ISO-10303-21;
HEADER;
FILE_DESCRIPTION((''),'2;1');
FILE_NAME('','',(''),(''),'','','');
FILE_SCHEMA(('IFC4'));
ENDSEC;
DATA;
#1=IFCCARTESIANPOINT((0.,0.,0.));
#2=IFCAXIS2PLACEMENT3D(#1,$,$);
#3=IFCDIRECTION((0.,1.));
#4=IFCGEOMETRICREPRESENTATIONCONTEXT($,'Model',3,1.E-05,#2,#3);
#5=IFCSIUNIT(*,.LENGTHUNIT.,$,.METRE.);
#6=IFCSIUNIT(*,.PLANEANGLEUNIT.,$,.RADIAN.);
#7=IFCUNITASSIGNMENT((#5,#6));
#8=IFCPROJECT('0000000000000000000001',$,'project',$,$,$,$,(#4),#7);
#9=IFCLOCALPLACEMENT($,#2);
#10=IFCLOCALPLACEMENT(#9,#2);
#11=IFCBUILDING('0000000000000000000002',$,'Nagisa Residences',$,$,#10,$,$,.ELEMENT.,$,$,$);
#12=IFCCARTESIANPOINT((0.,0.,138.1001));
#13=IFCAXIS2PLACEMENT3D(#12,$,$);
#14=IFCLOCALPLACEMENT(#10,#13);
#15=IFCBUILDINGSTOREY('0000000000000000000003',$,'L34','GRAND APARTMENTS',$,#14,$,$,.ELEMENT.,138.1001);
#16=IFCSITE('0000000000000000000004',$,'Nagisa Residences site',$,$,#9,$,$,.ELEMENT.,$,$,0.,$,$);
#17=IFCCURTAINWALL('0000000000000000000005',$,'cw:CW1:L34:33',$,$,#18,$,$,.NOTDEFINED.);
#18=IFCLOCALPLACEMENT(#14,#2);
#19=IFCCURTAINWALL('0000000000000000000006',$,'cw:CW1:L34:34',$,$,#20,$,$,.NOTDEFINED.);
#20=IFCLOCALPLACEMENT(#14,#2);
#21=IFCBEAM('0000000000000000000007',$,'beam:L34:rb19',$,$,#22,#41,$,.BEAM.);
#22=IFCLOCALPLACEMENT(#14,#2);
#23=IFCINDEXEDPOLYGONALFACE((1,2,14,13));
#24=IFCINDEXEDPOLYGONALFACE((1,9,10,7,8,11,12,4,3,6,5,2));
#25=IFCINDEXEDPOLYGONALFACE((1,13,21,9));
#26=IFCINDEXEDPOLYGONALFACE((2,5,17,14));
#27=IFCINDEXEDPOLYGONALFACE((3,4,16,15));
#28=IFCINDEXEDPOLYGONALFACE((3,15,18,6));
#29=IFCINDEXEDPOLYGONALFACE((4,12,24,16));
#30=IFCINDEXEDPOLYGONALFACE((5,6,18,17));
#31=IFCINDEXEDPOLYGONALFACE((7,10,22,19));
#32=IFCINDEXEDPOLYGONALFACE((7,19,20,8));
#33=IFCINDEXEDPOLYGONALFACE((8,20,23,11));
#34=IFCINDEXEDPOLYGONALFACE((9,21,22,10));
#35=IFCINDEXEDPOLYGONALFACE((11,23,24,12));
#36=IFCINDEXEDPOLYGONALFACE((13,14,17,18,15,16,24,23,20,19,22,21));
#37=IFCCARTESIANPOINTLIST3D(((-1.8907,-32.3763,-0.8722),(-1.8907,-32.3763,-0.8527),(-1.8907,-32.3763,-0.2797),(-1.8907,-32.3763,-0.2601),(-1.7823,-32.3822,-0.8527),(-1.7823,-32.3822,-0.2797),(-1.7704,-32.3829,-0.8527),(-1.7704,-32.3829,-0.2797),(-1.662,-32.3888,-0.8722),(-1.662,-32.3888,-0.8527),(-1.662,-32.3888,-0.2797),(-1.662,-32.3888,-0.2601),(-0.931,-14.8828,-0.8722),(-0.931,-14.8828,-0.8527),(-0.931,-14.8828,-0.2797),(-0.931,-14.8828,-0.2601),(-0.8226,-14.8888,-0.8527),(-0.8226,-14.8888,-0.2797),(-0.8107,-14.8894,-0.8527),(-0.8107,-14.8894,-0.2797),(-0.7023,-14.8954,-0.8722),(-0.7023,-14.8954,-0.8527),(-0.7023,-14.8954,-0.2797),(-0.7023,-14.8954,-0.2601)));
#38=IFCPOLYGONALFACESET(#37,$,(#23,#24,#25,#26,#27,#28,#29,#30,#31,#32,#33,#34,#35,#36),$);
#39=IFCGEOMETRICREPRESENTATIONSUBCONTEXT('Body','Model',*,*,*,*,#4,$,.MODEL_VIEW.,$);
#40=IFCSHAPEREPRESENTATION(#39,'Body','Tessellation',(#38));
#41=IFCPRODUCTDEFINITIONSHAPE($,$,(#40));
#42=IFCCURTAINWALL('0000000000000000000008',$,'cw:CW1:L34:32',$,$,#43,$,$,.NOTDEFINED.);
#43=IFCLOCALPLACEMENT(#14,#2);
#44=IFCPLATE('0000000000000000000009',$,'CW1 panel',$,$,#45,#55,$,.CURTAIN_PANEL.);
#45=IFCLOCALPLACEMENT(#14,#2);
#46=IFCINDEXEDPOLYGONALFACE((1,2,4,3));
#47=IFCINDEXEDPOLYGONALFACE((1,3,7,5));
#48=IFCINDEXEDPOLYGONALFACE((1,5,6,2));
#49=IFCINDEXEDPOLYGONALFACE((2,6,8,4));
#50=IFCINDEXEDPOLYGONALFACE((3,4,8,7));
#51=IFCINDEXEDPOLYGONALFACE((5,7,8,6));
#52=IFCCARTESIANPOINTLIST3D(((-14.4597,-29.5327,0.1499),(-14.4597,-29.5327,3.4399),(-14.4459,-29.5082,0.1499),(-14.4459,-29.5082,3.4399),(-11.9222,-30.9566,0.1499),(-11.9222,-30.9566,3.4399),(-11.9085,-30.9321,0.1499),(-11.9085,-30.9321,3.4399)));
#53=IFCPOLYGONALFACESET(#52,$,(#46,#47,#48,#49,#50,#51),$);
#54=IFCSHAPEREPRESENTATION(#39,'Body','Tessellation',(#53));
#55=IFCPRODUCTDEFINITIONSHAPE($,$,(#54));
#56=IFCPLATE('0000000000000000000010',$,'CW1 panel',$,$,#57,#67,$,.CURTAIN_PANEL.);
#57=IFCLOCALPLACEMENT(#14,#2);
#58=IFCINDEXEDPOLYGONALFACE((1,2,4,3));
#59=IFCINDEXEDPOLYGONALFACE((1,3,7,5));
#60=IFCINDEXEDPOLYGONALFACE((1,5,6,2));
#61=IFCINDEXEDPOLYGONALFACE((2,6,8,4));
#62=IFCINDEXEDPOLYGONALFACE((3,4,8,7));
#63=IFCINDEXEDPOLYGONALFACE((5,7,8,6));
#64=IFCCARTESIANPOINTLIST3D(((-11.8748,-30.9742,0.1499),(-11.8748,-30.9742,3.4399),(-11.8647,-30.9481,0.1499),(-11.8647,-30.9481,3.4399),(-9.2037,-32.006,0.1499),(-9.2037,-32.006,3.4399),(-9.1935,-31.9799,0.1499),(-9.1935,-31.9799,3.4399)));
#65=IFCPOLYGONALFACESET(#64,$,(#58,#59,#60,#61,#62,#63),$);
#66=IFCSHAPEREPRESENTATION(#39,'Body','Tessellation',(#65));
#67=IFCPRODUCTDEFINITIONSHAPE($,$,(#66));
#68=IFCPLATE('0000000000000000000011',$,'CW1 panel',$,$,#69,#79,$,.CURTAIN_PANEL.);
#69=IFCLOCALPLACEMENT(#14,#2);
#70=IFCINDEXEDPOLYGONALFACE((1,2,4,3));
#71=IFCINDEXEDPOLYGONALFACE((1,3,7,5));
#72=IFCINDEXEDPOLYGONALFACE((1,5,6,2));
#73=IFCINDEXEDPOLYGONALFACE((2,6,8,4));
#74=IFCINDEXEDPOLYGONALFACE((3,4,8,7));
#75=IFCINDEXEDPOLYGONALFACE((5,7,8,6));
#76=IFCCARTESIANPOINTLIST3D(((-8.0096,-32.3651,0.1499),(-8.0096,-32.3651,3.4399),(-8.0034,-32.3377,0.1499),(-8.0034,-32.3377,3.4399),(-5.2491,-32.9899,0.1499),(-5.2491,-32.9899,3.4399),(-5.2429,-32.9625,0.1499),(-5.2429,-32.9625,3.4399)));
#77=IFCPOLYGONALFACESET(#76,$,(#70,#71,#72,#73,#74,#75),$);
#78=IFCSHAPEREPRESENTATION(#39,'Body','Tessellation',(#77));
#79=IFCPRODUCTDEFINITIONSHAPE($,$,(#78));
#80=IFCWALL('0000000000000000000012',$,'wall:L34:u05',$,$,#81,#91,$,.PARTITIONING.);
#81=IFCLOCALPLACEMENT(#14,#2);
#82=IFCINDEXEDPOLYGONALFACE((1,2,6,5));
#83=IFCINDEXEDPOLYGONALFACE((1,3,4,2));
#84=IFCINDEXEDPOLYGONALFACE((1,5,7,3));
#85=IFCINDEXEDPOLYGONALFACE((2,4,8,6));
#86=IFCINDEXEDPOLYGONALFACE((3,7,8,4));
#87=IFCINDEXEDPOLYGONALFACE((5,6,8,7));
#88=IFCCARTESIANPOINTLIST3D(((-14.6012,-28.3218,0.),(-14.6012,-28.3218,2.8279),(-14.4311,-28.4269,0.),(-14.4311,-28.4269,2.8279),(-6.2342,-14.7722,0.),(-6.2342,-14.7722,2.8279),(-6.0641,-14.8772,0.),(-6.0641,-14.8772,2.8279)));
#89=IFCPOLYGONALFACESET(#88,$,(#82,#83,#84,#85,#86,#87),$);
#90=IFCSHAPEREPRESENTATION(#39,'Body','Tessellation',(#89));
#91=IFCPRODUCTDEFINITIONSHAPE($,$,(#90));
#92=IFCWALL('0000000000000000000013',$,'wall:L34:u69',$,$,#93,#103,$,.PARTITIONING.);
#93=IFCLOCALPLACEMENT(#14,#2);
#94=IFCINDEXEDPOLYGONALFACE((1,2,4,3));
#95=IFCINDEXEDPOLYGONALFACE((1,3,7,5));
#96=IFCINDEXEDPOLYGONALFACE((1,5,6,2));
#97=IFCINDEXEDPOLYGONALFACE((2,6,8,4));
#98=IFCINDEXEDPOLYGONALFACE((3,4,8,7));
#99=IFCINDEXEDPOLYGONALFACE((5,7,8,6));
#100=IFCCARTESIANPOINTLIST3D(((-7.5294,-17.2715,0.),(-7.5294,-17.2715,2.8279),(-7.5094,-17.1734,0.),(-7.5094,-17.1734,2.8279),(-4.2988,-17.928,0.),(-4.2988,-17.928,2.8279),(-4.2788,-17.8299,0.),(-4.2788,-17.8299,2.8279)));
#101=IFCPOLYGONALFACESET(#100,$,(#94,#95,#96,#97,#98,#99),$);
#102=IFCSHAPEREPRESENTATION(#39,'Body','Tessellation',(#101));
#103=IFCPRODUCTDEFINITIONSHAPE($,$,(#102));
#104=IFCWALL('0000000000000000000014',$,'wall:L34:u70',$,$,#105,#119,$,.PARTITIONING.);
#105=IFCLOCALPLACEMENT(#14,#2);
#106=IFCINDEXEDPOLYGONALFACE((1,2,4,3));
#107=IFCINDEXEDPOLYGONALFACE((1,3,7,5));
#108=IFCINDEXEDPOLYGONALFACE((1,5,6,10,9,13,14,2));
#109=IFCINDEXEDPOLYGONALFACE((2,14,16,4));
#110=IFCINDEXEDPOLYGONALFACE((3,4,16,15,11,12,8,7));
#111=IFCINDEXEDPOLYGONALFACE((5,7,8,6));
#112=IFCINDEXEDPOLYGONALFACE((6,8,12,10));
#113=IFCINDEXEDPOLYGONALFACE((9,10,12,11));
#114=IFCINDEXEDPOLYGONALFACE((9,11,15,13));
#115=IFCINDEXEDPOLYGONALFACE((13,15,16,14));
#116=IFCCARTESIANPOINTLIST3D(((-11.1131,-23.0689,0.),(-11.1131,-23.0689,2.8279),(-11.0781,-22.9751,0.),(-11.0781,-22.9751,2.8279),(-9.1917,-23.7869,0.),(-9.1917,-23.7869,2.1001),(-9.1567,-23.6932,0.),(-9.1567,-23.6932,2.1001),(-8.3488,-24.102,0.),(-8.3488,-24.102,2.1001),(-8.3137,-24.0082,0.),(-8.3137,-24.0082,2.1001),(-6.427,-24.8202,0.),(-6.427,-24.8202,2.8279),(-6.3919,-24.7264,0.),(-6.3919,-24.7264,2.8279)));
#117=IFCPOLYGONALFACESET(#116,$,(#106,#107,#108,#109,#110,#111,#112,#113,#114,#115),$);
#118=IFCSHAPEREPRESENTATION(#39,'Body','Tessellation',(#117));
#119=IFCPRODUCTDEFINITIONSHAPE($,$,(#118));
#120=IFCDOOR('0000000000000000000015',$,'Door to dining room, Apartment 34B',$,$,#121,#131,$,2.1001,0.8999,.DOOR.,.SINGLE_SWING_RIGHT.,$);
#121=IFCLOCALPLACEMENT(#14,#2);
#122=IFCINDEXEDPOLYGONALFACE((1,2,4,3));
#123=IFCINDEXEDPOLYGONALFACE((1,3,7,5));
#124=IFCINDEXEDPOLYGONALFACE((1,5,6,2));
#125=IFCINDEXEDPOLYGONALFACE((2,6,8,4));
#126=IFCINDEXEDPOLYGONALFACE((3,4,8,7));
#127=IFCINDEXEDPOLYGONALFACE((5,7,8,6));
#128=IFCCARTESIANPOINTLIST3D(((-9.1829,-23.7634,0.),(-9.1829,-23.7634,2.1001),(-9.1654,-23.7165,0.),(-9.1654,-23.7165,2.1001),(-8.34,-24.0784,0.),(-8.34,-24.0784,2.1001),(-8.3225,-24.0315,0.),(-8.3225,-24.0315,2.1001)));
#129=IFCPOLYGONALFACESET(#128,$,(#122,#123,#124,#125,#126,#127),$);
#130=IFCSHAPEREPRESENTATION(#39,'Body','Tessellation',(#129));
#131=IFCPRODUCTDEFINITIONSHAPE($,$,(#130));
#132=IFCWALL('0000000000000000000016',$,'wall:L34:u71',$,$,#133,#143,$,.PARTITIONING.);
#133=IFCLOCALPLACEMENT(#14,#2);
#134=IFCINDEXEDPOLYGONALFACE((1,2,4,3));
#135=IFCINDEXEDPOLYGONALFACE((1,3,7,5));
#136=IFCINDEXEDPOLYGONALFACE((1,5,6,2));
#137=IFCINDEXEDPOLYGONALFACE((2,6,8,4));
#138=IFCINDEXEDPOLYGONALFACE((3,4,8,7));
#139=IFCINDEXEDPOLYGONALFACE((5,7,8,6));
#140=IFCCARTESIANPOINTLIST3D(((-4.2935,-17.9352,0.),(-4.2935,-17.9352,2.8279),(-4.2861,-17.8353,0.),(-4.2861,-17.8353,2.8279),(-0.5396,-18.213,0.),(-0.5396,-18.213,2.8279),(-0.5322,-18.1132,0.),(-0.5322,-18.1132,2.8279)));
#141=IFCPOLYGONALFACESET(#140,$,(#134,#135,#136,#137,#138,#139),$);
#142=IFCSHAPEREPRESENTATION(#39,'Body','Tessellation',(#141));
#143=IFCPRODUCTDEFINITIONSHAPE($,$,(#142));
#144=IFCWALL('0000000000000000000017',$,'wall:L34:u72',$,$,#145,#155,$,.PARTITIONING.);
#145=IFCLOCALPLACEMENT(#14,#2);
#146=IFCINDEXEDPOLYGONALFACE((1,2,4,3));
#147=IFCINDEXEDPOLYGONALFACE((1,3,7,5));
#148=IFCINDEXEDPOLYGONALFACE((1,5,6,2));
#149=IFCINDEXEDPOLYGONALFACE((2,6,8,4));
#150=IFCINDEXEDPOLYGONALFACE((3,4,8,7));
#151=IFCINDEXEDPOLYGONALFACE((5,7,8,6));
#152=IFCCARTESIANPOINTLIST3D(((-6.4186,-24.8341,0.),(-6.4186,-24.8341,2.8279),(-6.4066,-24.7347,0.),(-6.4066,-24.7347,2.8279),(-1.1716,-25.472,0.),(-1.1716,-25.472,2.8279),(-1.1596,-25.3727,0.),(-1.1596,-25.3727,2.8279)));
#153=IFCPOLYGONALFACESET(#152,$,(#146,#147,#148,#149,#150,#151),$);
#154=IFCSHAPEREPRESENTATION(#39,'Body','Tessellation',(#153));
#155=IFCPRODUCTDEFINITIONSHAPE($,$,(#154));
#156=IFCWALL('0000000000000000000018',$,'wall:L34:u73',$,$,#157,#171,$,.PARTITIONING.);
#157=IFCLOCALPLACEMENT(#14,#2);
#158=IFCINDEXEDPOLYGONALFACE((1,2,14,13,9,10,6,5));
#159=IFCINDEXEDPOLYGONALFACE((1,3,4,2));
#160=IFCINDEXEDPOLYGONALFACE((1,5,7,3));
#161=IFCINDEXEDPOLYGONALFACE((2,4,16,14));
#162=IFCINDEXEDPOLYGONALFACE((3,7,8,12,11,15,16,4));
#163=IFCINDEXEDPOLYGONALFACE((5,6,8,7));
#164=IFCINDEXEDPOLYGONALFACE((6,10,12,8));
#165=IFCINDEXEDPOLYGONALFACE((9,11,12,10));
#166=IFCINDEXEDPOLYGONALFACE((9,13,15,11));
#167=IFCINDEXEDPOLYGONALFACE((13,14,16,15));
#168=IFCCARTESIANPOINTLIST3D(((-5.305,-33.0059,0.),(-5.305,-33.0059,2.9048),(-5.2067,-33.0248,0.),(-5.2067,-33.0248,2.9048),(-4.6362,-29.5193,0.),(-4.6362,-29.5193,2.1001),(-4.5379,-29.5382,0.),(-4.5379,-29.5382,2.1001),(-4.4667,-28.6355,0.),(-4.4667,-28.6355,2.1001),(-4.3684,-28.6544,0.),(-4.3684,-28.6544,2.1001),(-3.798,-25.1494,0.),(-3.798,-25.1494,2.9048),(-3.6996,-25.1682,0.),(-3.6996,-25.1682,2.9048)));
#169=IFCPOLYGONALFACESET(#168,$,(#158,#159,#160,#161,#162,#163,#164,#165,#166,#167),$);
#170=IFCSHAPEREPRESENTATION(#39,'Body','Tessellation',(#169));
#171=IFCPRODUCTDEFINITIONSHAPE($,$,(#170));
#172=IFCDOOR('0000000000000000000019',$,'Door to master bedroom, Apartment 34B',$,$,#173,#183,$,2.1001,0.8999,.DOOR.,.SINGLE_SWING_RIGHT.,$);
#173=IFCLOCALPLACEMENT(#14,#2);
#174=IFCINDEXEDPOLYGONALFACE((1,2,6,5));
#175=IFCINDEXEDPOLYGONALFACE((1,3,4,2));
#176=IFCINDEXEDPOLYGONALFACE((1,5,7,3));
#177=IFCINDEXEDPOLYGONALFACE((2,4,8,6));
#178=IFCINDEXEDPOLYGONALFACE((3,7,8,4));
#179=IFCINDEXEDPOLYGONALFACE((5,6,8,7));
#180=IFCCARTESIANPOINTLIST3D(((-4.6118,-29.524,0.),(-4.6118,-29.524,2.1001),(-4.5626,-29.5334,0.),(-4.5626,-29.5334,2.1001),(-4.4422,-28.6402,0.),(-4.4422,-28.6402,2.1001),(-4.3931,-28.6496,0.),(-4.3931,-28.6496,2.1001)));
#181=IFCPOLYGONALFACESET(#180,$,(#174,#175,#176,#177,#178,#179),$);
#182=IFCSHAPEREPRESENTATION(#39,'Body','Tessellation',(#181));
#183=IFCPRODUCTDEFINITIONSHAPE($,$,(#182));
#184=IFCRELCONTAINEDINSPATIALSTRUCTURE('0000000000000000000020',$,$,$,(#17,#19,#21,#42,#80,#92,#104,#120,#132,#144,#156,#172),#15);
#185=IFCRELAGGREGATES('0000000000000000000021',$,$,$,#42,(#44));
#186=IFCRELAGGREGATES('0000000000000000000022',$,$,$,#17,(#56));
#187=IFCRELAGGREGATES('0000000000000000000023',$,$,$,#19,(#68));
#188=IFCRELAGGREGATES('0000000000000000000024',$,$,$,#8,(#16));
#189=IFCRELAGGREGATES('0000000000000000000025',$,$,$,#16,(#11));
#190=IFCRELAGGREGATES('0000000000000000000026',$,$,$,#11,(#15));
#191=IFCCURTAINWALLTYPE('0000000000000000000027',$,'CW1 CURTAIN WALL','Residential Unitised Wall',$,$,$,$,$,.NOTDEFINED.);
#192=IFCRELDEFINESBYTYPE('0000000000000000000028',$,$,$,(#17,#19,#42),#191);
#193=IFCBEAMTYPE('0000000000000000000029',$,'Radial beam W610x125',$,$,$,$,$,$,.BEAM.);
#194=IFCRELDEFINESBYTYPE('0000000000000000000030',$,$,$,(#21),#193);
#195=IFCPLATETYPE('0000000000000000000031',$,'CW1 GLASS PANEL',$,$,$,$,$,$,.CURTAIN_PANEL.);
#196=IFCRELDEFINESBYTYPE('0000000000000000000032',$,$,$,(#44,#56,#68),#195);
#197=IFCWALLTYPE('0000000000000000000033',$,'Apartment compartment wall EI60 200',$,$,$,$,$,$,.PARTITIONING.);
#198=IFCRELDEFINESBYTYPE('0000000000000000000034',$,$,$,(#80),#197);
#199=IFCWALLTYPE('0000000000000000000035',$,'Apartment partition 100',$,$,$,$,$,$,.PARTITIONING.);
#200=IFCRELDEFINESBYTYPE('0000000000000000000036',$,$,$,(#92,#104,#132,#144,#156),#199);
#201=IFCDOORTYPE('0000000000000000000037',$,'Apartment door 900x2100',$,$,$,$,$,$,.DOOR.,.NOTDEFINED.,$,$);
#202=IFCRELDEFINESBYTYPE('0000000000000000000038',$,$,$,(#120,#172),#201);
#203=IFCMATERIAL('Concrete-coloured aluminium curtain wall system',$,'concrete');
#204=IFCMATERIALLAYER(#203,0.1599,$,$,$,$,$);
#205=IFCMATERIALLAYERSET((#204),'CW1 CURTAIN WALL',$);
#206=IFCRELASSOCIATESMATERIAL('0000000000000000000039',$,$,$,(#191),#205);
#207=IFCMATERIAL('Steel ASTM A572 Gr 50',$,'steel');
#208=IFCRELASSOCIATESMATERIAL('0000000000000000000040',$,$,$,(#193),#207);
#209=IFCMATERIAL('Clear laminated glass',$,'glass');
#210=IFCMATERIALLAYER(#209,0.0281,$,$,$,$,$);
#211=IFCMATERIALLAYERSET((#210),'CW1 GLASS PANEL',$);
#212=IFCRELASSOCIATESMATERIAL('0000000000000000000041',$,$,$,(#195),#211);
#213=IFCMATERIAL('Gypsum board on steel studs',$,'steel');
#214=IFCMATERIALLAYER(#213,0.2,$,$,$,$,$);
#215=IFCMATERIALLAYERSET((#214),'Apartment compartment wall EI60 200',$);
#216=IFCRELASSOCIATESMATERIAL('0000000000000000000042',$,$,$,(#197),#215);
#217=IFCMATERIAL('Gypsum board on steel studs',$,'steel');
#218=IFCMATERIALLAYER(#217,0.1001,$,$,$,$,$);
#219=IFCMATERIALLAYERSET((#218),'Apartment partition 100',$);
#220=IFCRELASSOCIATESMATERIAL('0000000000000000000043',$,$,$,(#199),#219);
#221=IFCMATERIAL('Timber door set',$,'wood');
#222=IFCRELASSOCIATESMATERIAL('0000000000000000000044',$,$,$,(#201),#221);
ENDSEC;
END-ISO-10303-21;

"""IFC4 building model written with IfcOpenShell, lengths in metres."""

from ifc_helpers import new_model, si_unit, direction, frame, frame_2d, origin, origin_2d, place, context, subcontext, project, spatial, rectangle, i_section, extrude, material, layer, layer_set, material_profile, profile_set, type_object, element, fill, aggregate, save


model = new_model("IFC4")

# Units and contexts
model_context = context("Model", 3, precision=1e-05, world=origin(), true_north=direction((0.0, 1.0)))
body_context = subcontext(model_context, "Body", "Model", "MODEL_VIEW")
ifc_project = project(units=[si_unit("LENGTHUNIT", "METRE"), si_unit("PLANEANGLEUNIT", "RADIAN")], contexts=[model_context])

# Site, building, storey
site_placement = place(None, origin())
site = spatial("IfcSite", under=ifc_project, at=site_placement, Name="Nagisa Residences site", CompositionType="ELEMENT", RefElevation=0.0)
building_placement = place(site_placement, origin())
building = spatial("IfcBuilding", under=site, at=building_placement, Name="Nagisa Residences", CompositionType="ELEMENT")
storey_placement = place(building_placement, frame((0.0, 0.0, 138.1001)))
storey = spatial("IfcBuildingStorey", under=building, at=storey_placement, Name="L34", Description="GRAND APARTMENTS", CompositionType="ELEMENT", Elevation=138.1001)

# Curtain walls
ifc_material_1 = material(Name="Concrete-coloured aluminium curtain wall system", Category="concrete")
ifc_layer_1 = layer(ifc_material_1, 0.1599)
ifc_layer_set_1 = layer_set([ifc_layer_1], Name="CW1 CURTAIN WALL")
curtain_wall_type = type_object("IfcCurtainWallType", Name="CW1 CURTAIN WALL", Description="Residential Unitised Wall", PredefinedType="NOTDEFINED", material=ifc_layer_set_1)
curtain_wall_1_placement = place(storey_placement, origin())
curtain_wall_1 = element("IfcCurtainWall", 1, at=curtain_wall_1_placement, inside=storey, type_object=curtain_wall_type, Name="cw:CW1:L34:33", PredefinedType="NOTDEFINED")
curtain_wall_2_placement = place(storey_placement, origin())
curtain_wall_2 = element("IfcCurtainWall", 2, at=curtain_wall_2_placement, inside=storey, type_object=curtain_wall_type, Name="cw:CW1:L34:34", PredefinedType="NOTDEFINED")

# Beam
ifc_material_2 = material(Name="Steel ASTM A572 Gr 50", Category="steel")
ifc_material_profile_1 = material_profile(ifc_material_2, i_section(OverallWidth=0.229, OverallDepth=0.6121, WebThickness=0.012, FlangeThickness=0.0195, at=origin_2d()), Name="W610x125")
ifc_profile_set_1 = profile_set([ifc_material_profile_1], Name="Steel ASTM A572 Gr 50")
beam_type_1 = type_object("IfcBeamType", Name="Radial beam W610x125", PredefinedType="BEAM", material=ifc_profile_set_1)
beam_1_placement = place(storey_placement, frame((-1.7764, -32.3826, -0.5662), z_axis=(0.054779, 0.998498, 0.0), x_axis=(-0.998498, 0.054779, 0.0)))
element("IfcBeam", 3, at=beam_1_placement, inside=storey, type_object=beam_type_1, Name="beam:L34:rb19", PredefinedType="BEAM", context=body_context, shape_type="SweptSolid", body=[
    extrude(i_section(OverallWidth=0.229, OverallDepth=0.6121, WebThickness=0.012, FlangeThickness=0.0195, at=origin_2d()), origin(), (0.0, 0.0, 1.0), 17.5198),
])

# Curtain wall, plate
curtain_wall_3_placement = place(storey_placement, origin())
curtain_wall_3 = element("IfcCurtainWall", 4, at=curtain_wall_3_placement, inside=storey, type_object=curtain_wall_type, Name="cw:CW1:L34:32", PredefinedType="NOTDEFINED")
ifc_material_3 = material(Name="Clear laminated glass", Category="glass")
ifc_layer_2 = layer(ifc_material_3, 0.0281)
ifc_layer_set_2 = layer_set([ifc_layer_2], Name="CW1 GLASS PANEL")
plate_type = type_object("IfcPlateType", Name="CW1 GLASS PANEL", PredefinedType="CURTAIN_PANEL", material=ifc_layer_set_2)
plate_1_placement = place(storey_placement, frame((-13.1841, -30.2324, 0.1499), z_axis=(0.0, 0.0, 1.0), x_axis=(0.872072, -0.489377, 0.0)))
plate_1 = element("IfcPlate", 5, at=plate_1_placement, type_object=plate_type, Name="CW1 panel", PredefinedType="CURTAIN_PANEL", context=body_context, shape_type="SweptSolid", body=[
    extrude(rectangle(XDim=2.9097, YDim=0.0281, at=origin_2d()), origin(), (0.0, 0.0, 1.0), 3.29),
])
aggregate(curtain_wall_3, [plate_1])

# Plates
plate_2_placement = place(storey_placement, frame((-10.5342, -31.4771, 0.1499), z_axis=(0.0, 0.0, 1.0), x_axis=(0.932826, -0.360328, 0.0)))
plate_2 = element("IfcPlate", 6, at=plate_2_placement, type_object=plate_type, Name="CW1 panel", PredefinedType="CURTAIN_PANEL", context=body_context, shape_type="SweptSolid", body=[
    extrude(rectangle(XDim=2.8635, YDim=0.0281, at=origin_2d()), origin(), (0.0, 0.0, 1.0), 3.29),
])
aggregate(curtain_wall_1, [plate_2])
plate_3_placement = place(storey_placement, frame((-6.6262, -32.6638, 0.1499), z_axis=(0.0, 0.0, 1.0), x_axis=(0.975327, -0.220764, 0.0)))
plate_3 = element("IfcPlate", 7, at=plate_3_placement, type_object=plate_type, Name="CW1 panel", PredefinedType="CURTAIN_PANEL", context=body_context, shape_type="SweptSolid", body=[
    extrude(rectangle(XDim=2.8303, YDim=0.0281, at=origin_2d()), origin(), (0.0, 0.0, 1.0), 3.29),
])
aggregate(curtain_wall_2, [plate_3])

# Walls
ifc_material_4 = material(Name="Gypsum board on steel studs", Category="steel")
ifc_layer_3 = layer(ifc_material_4, 0.2)
ifc_layer_set_3 = layer_set([ifc_layer_3], Name="Apartment compartment wall EI60 200")
wall_type_1 = type_object("IfcWallType", Name="Apartment compartment wall EI60 200", PredefinedType="PARTITIONING", material=ifc_layer_set_3)
wall_1_placement = place(storey_placement, frame((-6.1492, -14.8247, 0.0), z_axis=(0.0, 0.0, 1.0), x_axis=(-0.525406, -0.850851, 0.0)))
element("IfcWall", 8, at=wall_1_placement, inside=storey, type_object=wall_type_1, Name="wall:L34:u05", PredefinedType="PARTITIONING", context=body_context, shape_type="SweptSolid", body=[
    extrude(rectangle(XDim=15.9248, YDim=0.2, at=frame_2d((7.9624, 0.0))), origin(), (0.0, 0.0, 1.0), 2.8279),
])
ifc_material_5 = material(Name="Gypsum board on steel studs", Category="steel")
ifc_layer_4 = layer(ifc_material_5, 0.1001)
ifc_layer_set_4 = layer_set([ifc_layer_4], Name="Apartment partition 100")
wall_type_2 = type_object("IfcWallType", Name="Apartment partition 100", PredefinedType="PARTITIONING", material=ifc_layer_set_4)
wall_2_placement = place(storey_placement, frame((-7.5195, -17.2224, 0.0), z_axis=(0.0, 0.0, 1.0), x_axis=(0.979972, -0.199134, 0.0)))
element("IfcWall", 9, at=wall_2_placement, inside=storey, type_object=wall_type_2, Name="wall:L34:u69", PredefinedType="PARTITIONING", context=body_context, shape_type="SweptSolid", body=[
    extrude(rectangle(XDim=3.2966, YDim=0.1001, at=frame_2d((1.6484, 0.0))), origin(), (0.0, 0.0, 1.0), 2.8279),
])

# Wall, opening, door
wall_3_placement = place(storey_placement, frame((-11.0957, -23.022, 0.0), z_axis=(0.0, 0.0, 1.0), x_axis=(0.936726, -0.350064, 0.0)))
wall_3 = element("IfcWall", 10, at=wall_3_placement, inside=storey, type_object=wall_type_2, Name="wall:L34:u70", PredefinedType="PARTITIONING", context=body_context, shape_type="SweptSolid", body=[
    extrude(rectangle(XDim=5.0027, YDim=0.1001, at=frame_2d((2.5015, 0.0))), origin(), (0.0, 0.0, 1.0), 2.8279),
])
opening_1_placement = place(wall_3_placement, frame((2.0513, 0.0, 0.0)))
opening_1 = element("IfcOpeningElement", 11, at=opening_1_placement, cuts=wall_3, PredefinedType="OPENING", context=body_context, shape_type="SweptSolid", body=[
    extrude(rectangle(XDim=0.8999, YDim=2.1001, at=frame_2d((0.45, 1.05))), frame((0.0, 0.0601, 0.0), z_axis=(0.0, -1.0, 0.0), x_axis=(1.0, 0.0, 0.0)), (0.0, 0.0, 1.0), 0.1201),
])
ifc_material_6 = material(Name="Timber door set", Category="wood")
door_type_1 = type_object("IfcDoorType", Name="Apartment door 900x2100", OperationType="NOTDEFINED", PredefinedType="DOOR", material=ifc_material_6)
door_1_placement = place(opening_1_placement, frame((0.8999, 0.0, 0.0), x_axis=(-1.0, 0.0, 0.0)))
door_1 = element("IfcDoor", 12, at=door_1_placement, inside=storey, type_object=door_type_1, Name="Door to dining room, Apartment 34B", OperationType="SINGLE_SWING_RIGHT", OverallHeight=2.1001, OverallWidth=0.8999, PredefinedType="DOOR", context=body_context, shape_type="SweptSolid", body=[
    extrude(rectangle(XDim=0.8999, YDim=2.1001, at=frame_2d((0.45, 1.05))), frame((0.0, 0.0249, 0.0), z_axis=(0.0, -1.0, 0.0), x_axis=(1.0, 0.0, 0.0)), (0.0, 0.0, 1.0), 0.05),
])
fill(opening_1, door_1)

# Walls
wall_4_placement = place(storey_placement, frame((-4.2898, -17.8853, 0.0), z_axis=(0.0, 0.0, 1.0), x_axis=(0.997272, -0.07381, 0.0)))
element("IfcWall", 13, at=wall_4_placement, inside=storey, type_object=wall_type_2, Name="wall:L34:u71", PredefinedType="PARTITIONING", context=body_context, shape_type="SweptSolid", body=[
    extrude(rectangle(XDim=3.7642, YDim=0.1001, at=frame_2d((1.8821, 0.0))), origin(), (0.0, 0.0, 1.0), 2.8279),
])
wall_5_placement = place(storey_placement, frame((-6.4126, -24.7844, 0.0), z_axis=(0.0, 0.0, 1.0), x_axis=(0.99269, -0.120691, 0.0)))
element("IfcWall", 14, at=wall_5_placement, inside=storey, type_object=wall_type_2, Name="wall:L34:u72", PredefinedType="PARTITIONING", context=body_context, shape_type="SweptSolid", body=[
    extrude(rectangle(XDim=5.2856, YDim=0.1001, at=frame_2d((2.6428, 0.0))), origin(), (0.0, 0.0, 1.0), 2.8279),
])

# Wall, opening, door
wall_6_placement = place(storey_placement, frame((-3.7488, -25.1587, 0.0), z_axis=(0.0, 0.0, 1.0), x_axis=(-0.188392, -0.982094, 0.0)))
wall_6 = element("IfcWall", 15, at=wall_6_placement, inside=storey, type_object=wall_type_2, Name="wall:L34:u73", PredefinedType="PARTITIONING", context=body_context, shape_type="SweptSolid", body=[
    extrude(rectangle(XDim=7.9998, YDim=0.1001, at=frame_2d((4.0, 0.0))), origin(), (0.0, 0.0, 1.0), 2.9048),
])
opening_2_placement = place(wall_6_placement, frame((3.5498, 0.0, 0.0)))
opening_2 = element("IfcOpeningElement", 16, at=opening_2_placement, cuts=wall_6, PredefinedType="OPENING", context=body_context, shape_type="SweptSolid", body=[
    extrude(rectangle(XDim=0.8999, YDim=2.1001, at=frame_2d((0.45, 1.05))), frame((0.0, 0.0601, 0.0), z_axis=(0.0, -1.0, 0.0), x_axis=(1.0, 0.0, 0.0)), (0.0, 0.0, 1.0), 0.1201),
])
door_2_placement = place(opening_2_placement, origin())
door_2 = element("IfcDoor", 17, at=door_2_placement, inside=storey, type_object=door_type_1, Name="Door to master bedroom, Apartment 34B", OperationType="SINGLE_SWING_RIGHT", OverallHeight=2.1001, OverallWidth=0.8999, PredefinedType="DOOR", context=body_context, shape_type="SweptSolid", body=[
    extrude(rectangle(XDim=0.8999, YDim=2.1001, at=frame_2d((0.45, 1.05))), frame((0.0, 0.0249, 0.0), z_axis=(0.0, -1.0, 0.0), x_axis=(1.0, 0.0, 0.0)), (0.0, 0.0, 1.0), 0.05),
])
fill(opening_2, door_2)

save(model, "model.ifc")
